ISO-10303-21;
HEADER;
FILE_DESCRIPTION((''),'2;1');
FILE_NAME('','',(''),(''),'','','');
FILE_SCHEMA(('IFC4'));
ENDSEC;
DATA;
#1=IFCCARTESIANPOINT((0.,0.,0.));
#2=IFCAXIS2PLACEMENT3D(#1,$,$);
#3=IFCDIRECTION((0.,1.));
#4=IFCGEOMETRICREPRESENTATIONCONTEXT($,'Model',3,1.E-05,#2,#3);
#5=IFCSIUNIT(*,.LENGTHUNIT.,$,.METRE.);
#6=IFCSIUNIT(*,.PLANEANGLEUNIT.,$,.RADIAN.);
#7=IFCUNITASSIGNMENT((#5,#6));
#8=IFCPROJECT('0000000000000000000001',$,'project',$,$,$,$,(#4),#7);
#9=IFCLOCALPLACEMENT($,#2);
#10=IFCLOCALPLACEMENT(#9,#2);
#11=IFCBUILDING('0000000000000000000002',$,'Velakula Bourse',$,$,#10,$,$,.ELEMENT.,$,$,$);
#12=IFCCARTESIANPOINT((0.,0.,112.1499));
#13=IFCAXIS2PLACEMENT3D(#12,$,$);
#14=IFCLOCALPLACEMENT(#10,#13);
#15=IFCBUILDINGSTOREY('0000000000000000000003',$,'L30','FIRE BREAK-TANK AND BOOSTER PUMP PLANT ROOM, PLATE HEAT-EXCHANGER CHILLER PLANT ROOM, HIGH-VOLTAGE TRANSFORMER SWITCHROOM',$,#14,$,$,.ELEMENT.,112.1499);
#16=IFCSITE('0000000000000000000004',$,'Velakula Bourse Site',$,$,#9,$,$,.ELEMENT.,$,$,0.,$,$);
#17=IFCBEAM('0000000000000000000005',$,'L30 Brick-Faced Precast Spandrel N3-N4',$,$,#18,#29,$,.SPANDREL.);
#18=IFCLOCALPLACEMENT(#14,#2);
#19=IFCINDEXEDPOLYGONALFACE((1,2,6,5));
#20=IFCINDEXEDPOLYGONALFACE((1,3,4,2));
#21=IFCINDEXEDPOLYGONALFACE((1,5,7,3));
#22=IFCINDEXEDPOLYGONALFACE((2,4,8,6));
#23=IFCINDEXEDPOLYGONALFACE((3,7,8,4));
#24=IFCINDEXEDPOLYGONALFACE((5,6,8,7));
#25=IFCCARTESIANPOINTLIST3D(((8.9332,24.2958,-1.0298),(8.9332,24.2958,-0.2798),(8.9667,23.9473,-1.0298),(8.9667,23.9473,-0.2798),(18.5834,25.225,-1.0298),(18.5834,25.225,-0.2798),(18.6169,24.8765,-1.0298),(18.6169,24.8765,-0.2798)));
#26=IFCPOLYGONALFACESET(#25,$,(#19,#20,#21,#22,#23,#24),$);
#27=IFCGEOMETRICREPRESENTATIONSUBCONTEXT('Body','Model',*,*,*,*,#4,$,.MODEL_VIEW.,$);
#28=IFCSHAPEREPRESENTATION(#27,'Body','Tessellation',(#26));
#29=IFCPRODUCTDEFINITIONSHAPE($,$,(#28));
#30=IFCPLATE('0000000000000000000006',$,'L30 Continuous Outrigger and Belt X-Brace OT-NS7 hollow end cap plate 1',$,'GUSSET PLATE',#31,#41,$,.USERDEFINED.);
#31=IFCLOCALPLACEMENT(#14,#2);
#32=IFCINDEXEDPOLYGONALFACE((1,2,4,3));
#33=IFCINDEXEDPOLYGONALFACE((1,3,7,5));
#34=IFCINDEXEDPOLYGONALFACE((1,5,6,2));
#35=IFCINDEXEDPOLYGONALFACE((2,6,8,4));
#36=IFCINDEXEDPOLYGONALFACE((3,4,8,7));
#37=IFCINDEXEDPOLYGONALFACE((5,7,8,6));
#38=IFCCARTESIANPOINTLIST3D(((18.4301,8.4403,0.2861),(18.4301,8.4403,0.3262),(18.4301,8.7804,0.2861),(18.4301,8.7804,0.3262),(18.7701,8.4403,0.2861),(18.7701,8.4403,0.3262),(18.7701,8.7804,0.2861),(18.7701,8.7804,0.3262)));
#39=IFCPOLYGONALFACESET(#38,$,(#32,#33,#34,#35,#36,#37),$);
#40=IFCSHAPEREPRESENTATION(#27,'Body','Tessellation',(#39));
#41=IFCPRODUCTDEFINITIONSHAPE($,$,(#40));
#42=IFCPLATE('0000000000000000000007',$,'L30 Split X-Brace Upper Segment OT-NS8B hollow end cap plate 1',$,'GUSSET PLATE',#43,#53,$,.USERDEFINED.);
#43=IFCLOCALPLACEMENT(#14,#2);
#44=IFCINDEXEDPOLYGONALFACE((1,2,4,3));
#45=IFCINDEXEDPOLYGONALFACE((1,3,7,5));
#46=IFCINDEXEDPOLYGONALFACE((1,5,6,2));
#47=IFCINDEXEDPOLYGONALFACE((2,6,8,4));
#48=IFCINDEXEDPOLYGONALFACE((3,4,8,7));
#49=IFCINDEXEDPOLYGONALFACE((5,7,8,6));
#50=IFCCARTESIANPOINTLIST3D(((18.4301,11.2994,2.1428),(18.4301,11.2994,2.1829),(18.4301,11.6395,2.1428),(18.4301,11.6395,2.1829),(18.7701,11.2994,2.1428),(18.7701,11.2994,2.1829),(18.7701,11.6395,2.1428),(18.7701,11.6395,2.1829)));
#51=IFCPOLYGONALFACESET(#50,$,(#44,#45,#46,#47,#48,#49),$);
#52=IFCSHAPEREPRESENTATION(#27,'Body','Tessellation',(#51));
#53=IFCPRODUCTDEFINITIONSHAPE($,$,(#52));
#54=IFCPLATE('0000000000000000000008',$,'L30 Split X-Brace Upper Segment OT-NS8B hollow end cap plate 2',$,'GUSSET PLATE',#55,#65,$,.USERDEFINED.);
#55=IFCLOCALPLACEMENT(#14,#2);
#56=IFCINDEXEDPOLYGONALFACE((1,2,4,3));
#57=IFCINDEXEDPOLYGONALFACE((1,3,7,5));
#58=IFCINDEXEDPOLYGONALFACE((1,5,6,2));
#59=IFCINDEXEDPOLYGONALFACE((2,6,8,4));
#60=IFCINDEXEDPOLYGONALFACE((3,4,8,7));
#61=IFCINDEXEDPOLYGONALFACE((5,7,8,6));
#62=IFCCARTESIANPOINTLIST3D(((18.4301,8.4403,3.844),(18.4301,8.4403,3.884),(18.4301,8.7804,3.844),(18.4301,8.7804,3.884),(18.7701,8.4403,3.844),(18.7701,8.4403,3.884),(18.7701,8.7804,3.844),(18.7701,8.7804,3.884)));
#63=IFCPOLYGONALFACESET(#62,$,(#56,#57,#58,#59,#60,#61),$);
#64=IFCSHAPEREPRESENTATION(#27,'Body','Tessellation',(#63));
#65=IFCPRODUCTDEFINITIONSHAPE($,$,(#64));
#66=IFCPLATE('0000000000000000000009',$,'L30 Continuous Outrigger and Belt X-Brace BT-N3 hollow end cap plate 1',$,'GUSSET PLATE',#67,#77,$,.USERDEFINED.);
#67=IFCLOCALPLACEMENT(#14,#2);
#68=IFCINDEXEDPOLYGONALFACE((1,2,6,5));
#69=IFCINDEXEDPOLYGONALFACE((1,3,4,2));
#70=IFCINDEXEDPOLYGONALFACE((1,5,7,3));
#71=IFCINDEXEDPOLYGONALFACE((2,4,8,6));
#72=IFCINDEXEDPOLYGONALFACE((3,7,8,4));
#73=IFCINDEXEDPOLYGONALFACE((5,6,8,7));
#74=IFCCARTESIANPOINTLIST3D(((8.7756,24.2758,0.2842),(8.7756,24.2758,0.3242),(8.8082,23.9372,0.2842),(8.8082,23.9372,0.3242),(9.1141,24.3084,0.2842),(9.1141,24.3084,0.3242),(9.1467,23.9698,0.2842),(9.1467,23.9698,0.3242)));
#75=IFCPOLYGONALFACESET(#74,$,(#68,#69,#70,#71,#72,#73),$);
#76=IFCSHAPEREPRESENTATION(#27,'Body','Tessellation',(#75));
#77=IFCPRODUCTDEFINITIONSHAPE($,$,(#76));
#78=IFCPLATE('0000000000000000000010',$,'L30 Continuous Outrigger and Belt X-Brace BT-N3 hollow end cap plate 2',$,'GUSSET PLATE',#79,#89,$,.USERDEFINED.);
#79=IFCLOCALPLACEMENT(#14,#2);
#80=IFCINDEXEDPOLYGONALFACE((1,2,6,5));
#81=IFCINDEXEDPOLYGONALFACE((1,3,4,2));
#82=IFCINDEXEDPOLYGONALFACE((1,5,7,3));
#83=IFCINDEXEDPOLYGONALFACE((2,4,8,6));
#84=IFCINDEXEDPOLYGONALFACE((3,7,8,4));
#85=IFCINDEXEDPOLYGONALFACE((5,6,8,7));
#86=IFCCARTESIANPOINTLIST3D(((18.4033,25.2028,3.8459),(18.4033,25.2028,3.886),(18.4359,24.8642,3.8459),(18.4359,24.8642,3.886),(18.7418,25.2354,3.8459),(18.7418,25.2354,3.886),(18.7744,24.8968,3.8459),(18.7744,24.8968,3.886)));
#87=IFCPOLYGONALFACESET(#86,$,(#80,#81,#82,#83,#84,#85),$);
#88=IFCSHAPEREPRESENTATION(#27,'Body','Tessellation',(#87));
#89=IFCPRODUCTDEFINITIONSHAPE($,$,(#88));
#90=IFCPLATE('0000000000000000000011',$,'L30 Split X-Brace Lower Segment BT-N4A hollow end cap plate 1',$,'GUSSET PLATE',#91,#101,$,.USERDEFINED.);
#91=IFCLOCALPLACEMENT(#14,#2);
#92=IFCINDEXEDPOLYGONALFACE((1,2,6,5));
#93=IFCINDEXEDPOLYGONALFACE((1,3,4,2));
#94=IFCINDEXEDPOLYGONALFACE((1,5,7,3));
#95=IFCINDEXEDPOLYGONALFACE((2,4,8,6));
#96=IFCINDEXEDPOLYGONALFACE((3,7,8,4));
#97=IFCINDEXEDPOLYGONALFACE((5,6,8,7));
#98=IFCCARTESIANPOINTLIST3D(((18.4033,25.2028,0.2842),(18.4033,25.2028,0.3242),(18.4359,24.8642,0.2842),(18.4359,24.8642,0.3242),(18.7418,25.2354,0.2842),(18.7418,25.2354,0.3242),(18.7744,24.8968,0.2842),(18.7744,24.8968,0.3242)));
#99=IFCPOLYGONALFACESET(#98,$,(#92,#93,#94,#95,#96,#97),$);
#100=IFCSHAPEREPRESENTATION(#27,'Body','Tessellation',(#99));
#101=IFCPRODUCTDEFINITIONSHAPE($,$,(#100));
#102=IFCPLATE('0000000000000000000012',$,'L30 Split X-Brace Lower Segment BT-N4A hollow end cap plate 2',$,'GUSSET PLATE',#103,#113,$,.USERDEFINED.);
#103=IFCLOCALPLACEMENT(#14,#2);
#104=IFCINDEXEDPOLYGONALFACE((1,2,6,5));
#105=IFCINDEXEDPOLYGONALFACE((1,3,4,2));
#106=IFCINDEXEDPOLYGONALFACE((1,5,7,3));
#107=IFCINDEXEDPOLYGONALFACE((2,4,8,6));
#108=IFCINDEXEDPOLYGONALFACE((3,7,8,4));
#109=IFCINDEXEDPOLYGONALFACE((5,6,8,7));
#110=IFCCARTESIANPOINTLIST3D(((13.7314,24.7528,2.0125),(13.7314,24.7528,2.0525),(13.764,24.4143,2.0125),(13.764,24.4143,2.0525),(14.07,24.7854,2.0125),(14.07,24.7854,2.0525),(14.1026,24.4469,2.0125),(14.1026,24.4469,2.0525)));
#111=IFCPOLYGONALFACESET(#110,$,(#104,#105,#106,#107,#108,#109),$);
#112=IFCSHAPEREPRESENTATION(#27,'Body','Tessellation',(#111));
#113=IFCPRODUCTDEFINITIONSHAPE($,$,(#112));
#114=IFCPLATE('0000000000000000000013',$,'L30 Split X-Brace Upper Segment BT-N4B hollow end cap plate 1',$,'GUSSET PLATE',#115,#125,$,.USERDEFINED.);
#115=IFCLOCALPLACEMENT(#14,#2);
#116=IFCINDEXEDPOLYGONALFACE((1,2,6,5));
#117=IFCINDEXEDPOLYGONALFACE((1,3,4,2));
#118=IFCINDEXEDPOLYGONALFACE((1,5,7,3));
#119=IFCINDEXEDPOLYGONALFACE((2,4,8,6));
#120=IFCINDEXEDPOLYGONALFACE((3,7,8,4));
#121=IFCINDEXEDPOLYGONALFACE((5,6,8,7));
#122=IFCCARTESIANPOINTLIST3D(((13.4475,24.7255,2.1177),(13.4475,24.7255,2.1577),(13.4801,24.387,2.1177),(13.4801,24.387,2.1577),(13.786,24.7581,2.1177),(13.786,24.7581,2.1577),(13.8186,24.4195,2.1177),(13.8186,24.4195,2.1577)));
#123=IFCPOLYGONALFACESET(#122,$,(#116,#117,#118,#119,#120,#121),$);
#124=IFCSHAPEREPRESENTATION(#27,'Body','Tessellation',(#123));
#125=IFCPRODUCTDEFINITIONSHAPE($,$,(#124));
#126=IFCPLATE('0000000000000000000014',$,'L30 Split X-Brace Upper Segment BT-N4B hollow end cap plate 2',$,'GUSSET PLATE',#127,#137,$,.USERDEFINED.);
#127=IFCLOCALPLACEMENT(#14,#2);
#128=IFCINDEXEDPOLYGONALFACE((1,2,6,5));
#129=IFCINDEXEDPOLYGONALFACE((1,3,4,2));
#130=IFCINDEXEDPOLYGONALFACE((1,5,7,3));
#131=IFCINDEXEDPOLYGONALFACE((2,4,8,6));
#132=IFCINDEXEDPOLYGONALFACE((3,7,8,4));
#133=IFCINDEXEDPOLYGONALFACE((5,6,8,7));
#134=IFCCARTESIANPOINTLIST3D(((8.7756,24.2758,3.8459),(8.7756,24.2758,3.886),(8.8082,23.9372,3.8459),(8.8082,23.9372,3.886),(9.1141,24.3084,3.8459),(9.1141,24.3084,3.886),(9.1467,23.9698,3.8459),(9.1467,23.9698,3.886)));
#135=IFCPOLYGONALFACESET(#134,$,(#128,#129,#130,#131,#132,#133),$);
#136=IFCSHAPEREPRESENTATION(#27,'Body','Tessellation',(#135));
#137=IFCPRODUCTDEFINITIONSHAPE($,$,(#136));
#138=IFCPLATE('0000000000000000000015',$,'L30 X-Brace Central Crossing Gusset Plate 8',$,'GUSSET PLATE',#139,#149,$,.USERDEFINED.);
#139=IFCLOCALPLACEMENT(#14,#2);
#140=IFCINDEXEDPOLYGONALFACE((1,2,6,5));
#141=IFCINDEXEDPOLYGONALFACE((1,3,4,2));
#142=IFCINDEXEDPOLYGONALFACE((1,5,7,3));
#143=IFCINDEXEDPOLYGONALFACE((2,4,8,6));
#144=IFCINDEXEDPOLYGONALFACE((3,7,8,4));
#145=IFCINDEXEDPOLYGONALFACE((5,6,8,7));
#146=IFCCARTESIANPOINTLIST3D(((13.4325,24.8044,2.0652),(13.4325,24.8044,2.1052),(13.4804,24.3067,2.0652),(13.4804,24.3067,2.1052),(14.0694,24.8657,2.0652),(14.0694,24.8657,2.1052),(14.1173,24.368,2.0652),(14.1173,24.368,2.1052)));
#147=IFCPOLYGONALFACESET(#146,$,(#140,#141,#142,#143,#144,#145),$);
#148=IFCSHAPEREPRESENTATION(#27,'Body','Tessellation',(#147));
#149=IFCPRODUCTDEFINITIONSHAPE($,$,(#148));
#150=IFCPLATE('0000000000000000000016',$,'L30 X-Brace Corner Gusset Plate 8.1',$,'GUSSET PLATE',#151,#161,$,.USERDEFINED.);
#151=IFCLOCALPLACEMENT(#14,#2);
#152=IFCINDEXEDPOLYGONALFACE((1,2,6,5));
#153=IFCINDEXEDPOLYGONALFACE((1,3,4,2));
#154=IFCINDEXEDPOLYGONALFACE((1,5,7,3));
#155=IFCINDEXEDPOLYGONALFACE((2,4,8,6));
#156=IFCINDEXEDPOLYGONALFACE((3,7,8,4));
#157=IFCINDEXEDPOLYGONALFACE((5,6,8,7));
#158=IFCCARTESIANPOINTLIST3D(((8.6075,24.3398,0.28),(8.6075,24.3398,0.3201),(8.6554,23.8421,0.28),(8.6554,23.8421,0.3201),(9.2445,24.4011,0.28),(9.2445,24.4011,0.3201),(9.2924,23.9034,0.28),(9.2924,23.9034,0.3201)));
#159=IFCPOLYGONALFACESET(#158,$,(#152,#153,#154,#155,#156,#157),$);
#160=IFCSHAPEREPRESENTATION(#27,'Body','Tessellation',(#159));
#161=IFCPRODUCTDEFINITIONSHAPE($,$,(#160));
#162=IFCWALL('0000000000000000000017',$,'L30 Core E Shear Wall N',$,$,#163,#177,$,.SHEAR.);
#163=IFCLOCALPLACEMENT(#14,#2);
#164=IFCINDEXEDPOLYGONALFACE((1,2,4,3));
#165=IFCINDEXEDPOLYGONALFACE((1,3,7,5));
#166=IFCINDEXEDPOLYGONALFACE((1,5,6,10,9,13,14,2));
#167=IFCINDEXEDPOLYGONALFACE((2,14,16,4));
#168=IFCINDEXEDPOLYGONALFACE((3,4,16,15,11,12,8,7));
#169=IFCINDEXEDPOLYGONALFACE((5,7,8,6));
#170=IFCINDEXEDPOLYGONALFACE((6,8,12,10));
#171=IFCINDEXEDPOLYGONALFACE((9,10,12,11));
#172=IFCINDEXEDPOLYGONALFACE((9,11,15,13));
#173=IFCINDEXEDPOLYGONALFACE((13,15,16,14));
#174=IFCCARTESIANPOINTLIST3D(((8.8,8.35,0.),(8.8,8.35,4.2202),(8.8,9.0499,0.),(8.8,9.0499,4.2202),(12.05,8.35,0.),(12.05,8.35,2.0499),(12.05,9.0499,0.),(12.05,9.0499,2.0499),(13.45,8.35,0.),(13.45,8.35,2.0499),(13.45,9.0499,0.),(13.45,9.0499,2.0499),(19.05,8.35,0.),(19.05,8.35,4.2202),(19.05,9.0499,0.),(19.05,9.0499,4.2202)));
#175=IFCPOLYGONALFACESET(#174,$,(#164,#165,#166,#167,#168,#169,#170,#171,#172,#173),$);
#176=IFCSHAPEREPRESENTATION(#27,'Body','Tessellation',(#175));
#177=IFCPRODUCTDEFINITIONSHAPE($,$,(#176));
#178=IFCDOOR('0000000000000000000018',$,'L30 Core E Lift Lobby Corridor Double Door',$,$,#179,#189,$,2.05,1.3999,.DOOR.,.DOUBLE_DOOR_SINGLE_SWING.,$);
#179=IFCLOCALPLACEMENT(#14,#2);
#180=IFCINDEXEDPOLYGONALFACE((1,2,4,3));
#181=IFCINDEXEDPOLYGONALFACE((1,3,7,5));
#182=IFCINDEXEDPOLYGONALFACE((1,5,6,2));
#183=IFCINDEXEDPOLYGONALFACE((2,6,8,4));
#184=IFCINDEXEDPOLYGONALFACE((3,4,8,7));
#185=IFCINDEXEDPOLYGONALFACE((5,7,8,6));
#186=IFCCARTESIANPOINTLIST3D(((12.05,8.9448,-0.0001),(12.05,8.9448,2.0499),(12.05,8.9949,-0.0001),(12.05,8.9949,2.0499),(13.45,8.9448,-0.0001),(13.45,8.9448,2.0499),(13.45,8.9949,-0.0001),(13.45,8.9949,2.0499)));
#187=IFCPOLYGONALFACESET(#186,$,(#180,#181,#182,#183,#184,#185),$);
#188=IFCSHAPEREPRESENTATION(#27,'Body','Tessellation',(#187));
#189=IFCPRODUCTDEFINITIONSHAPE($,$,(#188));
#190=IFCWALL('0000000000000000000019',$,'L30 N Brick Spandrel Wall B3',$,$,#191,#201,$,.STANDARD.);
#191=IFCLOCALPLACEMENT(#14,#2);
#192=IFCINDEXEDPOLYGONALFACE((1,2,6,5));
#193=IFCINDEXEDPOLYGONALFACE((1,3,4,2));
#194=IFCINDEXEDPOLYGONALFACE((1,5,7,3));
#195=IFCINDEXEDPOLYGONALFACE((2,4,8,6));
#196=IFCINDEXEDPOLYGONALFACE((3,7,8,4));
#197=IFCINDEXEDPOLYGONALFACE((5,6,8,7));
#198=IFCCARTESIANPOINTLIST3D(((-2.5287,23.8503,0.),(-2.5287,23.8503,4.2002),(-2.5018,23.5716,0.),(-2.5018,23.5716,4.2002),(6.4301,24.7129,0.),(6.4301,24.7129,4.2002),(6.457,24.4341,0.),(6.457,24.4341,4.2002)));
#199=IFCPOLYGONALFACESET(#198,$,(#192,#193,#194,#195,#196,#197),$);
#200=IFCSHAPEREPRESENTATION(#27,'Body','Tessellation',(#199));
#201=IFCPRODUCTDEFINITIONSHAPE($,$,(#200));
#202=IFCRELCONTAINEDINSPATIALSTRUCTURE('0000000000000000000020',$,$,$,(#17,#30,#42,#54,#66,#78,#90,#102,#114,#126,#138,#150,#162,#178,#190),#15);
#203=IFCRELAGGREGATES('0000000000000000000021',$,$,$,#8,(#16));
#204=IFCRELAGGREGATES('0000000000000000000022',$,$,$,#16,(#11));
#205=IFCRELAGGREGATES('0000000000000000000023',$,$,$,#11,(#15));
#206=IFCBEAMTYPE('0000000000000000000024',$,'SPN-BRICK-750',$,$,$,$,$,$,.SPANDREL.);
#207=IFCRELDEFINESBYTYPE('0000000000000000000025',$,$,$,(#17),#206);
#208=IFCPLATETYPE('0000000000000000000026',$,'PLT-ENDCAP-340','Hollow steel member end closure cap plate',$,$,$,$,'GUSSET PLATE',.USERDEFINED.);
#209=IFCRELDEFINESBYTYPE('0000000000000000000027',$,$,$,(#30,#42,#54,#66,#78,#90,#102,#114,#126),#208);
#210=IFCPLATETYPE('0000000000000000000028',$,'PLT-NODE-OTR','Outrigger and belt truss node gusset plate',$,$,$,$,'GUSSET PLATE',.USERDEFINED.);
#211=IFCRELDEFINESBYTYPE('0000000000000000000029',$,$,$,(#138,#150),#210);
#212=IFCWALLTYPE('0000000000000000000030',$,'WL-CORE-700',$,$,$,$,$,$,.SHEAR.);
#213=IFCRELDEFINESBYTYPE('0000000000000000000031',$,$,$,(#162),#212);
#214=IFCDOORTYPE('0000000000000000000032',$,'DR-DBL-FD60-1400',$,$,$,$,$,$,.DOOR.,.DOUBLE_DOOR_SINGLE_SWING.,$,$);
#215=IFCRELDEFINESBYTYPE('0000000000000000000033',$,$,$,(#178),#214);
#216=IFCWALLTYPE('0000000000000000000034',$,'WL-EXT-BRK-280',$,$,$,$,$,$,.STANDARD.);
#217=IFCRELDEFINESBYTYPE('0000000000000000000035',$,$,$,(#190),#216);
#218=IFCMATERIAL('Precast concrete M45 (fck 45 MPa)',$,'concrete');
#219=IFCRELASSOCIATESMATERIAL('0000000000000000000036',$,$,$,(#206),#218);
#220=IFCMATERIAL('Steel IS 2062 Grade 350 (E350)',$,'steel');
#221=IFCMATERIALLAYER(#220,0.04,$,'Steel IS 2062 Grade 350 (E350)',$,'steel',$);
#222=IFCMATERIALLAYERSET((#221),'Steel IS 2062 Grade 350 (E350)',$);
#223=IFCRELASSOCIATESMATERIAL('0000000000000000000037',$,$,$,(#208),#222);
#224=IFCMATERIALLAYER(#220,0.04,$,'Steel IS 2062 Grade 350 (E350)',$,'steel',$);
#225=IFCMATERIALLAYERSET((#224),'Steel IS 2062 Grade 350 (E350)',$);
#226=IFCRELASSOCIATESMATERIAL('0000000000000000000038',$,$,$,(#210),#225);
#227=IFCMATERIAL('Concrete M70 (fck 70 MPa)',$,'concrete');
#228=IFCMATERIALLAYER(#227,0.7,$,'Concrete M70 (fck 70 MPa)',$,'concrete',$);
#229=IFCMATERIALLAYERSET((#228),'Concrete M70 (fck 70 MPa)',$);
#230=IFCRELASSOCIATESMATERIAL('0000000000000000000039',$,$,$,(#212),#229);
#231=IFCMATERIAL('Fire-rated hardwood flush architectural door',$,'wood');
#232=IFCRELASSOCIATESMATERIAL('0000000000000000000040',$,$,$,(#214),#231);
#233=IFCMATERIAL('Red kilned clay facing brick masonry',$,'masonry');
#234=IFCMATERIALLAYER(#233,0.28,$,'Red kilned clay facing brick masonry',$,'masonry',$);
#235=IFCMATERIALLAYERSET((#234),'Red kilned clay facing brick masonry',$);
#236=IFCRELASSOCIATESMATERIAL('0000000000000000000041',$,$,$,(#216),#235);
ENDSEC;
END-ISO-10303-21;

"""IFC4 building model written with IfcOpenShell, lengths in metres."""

from ifc_helpers import new_model, si_unit, direction, frame, frame_2d, origin, origin_2d, place, context, subcontext, project, spatial, rectangle, extrude, material, layer, layer_set, material_profile, profile_set, type_object, element, fill, save


model = new_model("IFC4")

# Units and contexts
model_context = context("Model", 3, precision=1e-05, world=origin(), true_north=direction((0.0, 1.0)))
body_context = subcontext(model_context, "Body", "Model", "MODEL_VIEW")
ifc_project = project(units=[si_unit("LENGTHUNIT", "METRE"), si_unit("PLANEANGLEUNIT", "RADIAN")], contexts=[model_context])

# Site, building, storey
site_placement = place(None, origin())
site = spatial("IfcSite", under=ifc_project, at=site_placement, Name="Velakula Bourse Site", CompositionType="ELEMENT", RefElevation=0.0)
building_placement = place(site_placement, origin())
building = spatial("IfcBuilding", under=site, at=building_placement, Name="Velakula Bourse", CompositionType="ELEMENT")
storey_placement = place(building_placement, frame((0.0, 0.0, 112.1499)))
storey = spatial("IfcBuildingStorey", under=building, at=storey_placement, Name="L30", Description="FIRE BREAK-TANK AND BOOSTER PUMP PLANT ROOM, PLATE HEAT-EXCHANGER CHILLER PLANT ROOM, HIGH-VOLTAGE TRANSFORMER SWITCHROOM", CompositionType="ELEMENT", Elevation=112.1499)

# Shared definitions
ifc_material_1 = material(Name="Steel IS 2062 Grade 350 (E350)", Category="steel")

# Beam
ifc_material_2 = material(Name="Precast concrete M45 (fck 45 MPa)", Category="concrete")
ifc_material_profile_1 = material_profile(ifc_material_2, rectangle(XDim=0.3501, YDim=0.75, at=origin_2d()), Name="Precast concrete M45 (fck 45 MPa)")
ifc_profile_set_1 = profile_set([ifc_material_profile_1], Name="Precast concrete M45 (fck 45 MPa)")
beam_type_1 = type_object("IfcBeamType", Name="SPN-BRICK-750", PredefinedType="SPANDREL", material=ifc_profile_set_1)
beam_1_placement = place(storey_placement, frame((8.95, 24.1216, -0.6548), z_axis=(0.995396, 0.095845, 0.0), x_axis=(-0.095845, 0.995396, 0.0)))
element("IfcBeam", 1, at=beam_1_placement, inside=storey, type_object=beam_type_1, Name="L30 Brick-Faced Precast Spandrel N3-N4", PredefinedType="SPANDREL", context=body_context, shape_type="SweptSolid", body=[
    extrude(rectangle(XDim=0.3501, YDim=0.75, at=origin_2d()), origin(), (0.0, 0.0, 1.0), 9.6948),
])

# Plates
ifc_layer_1 = layer(ifc_material_1, 0.04, Name="Steel IS 2062 Grade 350 (E350)", Category="steel")
ifc_layer_set_1 = layer_set([ifc_layer_1], Name="Steel IS 2062 Grade 350 (E350)")
plate_type_1 = type_object("IfcPlateType", Name="PLT-ENDCAP-340", Description="Hollow steel member end closure cap plate", ElementType="GUSSET PLATE", PredefinedType="USERDEFINED", material=ifc_layer_set_1)
for number, where, z_axis, x_axis, name in (
    (2, (18.6001, 8.6104, 0.2861), (0.0, 0.0, 1.0), (0.0, 1.0, 0.0), "L30 Continuous Outrigger and Belt X-Brace OT-NS7 hollow end cap plate 1"),
    (3, (18.6001, 11.4695, 2.1428), (0.0, 0.0, 1.0), (0.0, -1.0, 0.0), "L30 Split X-Brace Upper Segment OT-NS8B hollow end cap plate 1"),
    (4, (18.6001, 8.6104, 3.844), (0.0, 0.0, 1.0), (0.0, -1.0, 0.0), "L30 Split X-Brace Upper Segment OT-NS8B hollow end cap plate 2"),
    (5, (8.9612, 24.1228, 0.2842), (0.0, 0.0, 1.0), (0.995396, 0.095846, 0.0), "L30 Continuous Outrigger and Belt X-Brace BT-N3 hollow end cap plate 1"),
    (6, (18.5889, 25.0498, 3.8459), (0.0, 0.0, 1.0), (0.995396, 0.095846, 0.0), "L30 Continuous Outrigger and Belt X-Brace BT-N3 hollow end cap plate 2"),
    (7, (18.5889, 25.0498, 0.2842), (0.0, 0.0, 1.0), (-0.995396, -0.095846, 0.0), "L30 Split X-Brace Lower Segment BT-N4A hollow end cap plate 1"),
    (8, (13.917, 24.5999, 2.0125), (0.0, 0.0, 1.0), (-0.995396, -0.095846, 0.0), "L30 Split X-Brace Lower Segment BT-N4A hollow end cap plate 2"),
    (9, (13.6331, 24.5725, 2.1177), (0.0, 0.0, 1.0), (-0.995396, -0.095846, 0.0), "L30 Split X-Brace Upper Segment BT-N4B hollow end cap plate 1"),
    (10, (8.9612, 24.1228, 3.8459), (0.0, 0.0, 1.0), (-0.995396, -0.095846, 0.0), "L30 Split X-Brace Upper Segment BT-N4B hollow end cap plate 2"),
):
    element("IfcPlate", number, at=place(storey_placement, frame(where, z_axis=z_axis, x_axis=x_axis)), inside=storey, type_object=plate_type_1, Name=name, ObjectType="GUSSET PLATE", PredefinedType="USERDEFINED", context=body_context, shape_type="SweptSolid", body=[
        extrude(rectangle(XDim=0.3401, YDim=0.3401, at=origin_2d()), origin(), (0.0, 0.0, 1.0), 0.04),
    ])
ifc_layer_2 = layer(ifc_material_1, 0.04, Name="Steel IS 2062 Grade 350 (E350)", Category="steel")
ifc_layer_set_2 = layer_set([ifc_layer_2], Name="Steel IS 2062 Grade 350 (E350)")
plate_type_2 = type_object("IfcPlateType", Name="PLT-NODE-OTR", Description="Outrigger and belt truss node gusset plate", ElementType="GUSSET PLATE", PredefinedType="USERDEFINED", material=ifc_layer_set_2)
for number, where, z_axis, x_axis, name in (
    (11, (13.7749, 24.5862, 2.0652), (0.0, 0.0, 1.0), (0.995396, 0.095846, 0.0), "L30 X-Brace Central Crossing Gusset Plate 8"),
    (12, (8.95, 24.1216, 0.28), (0.0, 0.0, 1.0), (0.995396, 0.095846, 0.0), "L30 X-Brace Corner Gusset Plate 8.1"),
):
    element("IfcPlate", number, at=place(storey_placement, frame(where, z_axis=z_axis, x_axis=x_axis)), inside=storey, type_object=plate_type_2, Name=name, ObjectType="GUSSET PLATE", PredefinedType="USERDEFINED", context=body_context, shape_type="SweptSolid", body=[
        extrude(rectangle(XDim=0.6399, YDim=0.5, at=origin_2d()), origin(), (0.0, 0.0, 1.0), 0.04),
    ])

# Wall, opening, door
ifc_material_3 = material(Name="Concrete M70 (fck 70 MPa)", Category="concrete")
ifc_layer_3 = layer(ifc_material_3, 0.7, Name="Concrete M70 (fck 70 MPa)", Category="concrete")
ifc_layer_set_3 = layer_set([ifc_layer_3], Name="Concrete M70 (fck 70 MPa)")
wall_type_1 = type_object("IfcWallType", Name="WL-CORE-700", PredefinedType="SHEAR", material=ifc_layer_set_3)
wall_1_placement = place(storey_placement, frame((8.8, 8.7, 0.0), z_axis=(0.0, 0.0, 1.0), x_axis=(1.0, 0.0, 0.0)))
wall_1 = element("IfcWall", 13, at=wall_1_placement, inside=storey, type_object=wall_type_1, Name="L30 Core E Shear Wall N", PredefinedType="SHEAR", context=body_context, shape_type="SweptSolid", body=[
    extrude(rectangle(XDim=10.25, YDim=0.7, at=frame_2d((5.125, 0.0))), origin(), (0.0, 0.0, 1.0), 4.2202),
])
opening_placement = place(wall_1_placement, frame((3.25, 0.0, 0.0)))
opening = element("IfcOpeningElement", 14, at=opening_placement, cuts=wall_1, PredefinedType="OPENING", context=body_context, shape_type="SweptSolid", body=[
    extrude(rectangle(XDim=1.3999, YDim=2.05, at=frame_2d((0.7, 1.0249))), frame((0.0, 0.3599, 0.0), z_axis=(0.0, -1.0, 0.0), x_axis=(1.0, 0.0, 0.0)), (0.0, 0.0, 1.0), 0.72),
])
ifc_material_4 = material(Name="Fire-rated hardwood flush architectural door", Category="wood")
door_type = type_object("IfcDoorType", Name="DR-DBL-FD60-1400", OperationType="DOUBLE_DOOR_SINGLE_SWING", PredefinedType="DOOR", material=ifc_material_4)
door_placement = place(opening_placement, origin())
door = element("IfcDoor", 15, at=door_placement, inside=storey, type_object=door_type, Name="L30 Core E Lift Lobby Corridor Double Door", OperationType="DOUBLE_DOOR_SINGLE_SWING", OverallHeight=2.05, OverallWidth=1.3999, PredefinedType="DOOR", context=body_context, shape_type="SweptSolid", body=[
    extrude(rectangle(XDim=1.3999, YDim=2.05, at=frame_2d((0.7, 1.0249))), frame((0.0, 0.2949, 0.0), z_axis=(0.0, -1.0, 0.0), x_axis=(1.0, 0.0, 0.0)), (0.0, 0.0, 1.0), 0.05),
])
fill(opening, door)

# Wall
ifc_material_5 = material(Name="Red kilned clay facing brick masonry", Category="masonry")
ifc_layer_4 = layer(ifc_material_5, 0.28, Name="Red kilned clay facing brick masonry", Category="masonry")
ifc_layer_set_4 = layer_set([ifc_layer_4], Name="Red kilned clay facing brick masonry")
wall_type_2 = type_object("IfcWallType", Name="WL-EXT-BRK-280", PredefinedType="STANDARD", material=ifc_layer_set_4)
wall_2_placement = place(storey_placement, frame((-2.5151, 23.7109, 0.0), z_axis=(0.0, 0.0, 1.0), x_axis=(0.995397, 0.095837, 0.0)))
element("IfcWall", 16, at=wall_2_placement, inside=storey, type_object=wall_type_2, Name="L30 N Brick Spandrel Wall B3", PredefinedType="STANDARD", context=body_context, shape_type="SweptSolid", body=[
    extrude(rectangle(XDim=9.0002, YDim=0.28, at=frame_2d((4.5, 0.0))), origin(), (0.0, 0.0, 1.0), 4.2002),
])

save(model, "model.ifc")
